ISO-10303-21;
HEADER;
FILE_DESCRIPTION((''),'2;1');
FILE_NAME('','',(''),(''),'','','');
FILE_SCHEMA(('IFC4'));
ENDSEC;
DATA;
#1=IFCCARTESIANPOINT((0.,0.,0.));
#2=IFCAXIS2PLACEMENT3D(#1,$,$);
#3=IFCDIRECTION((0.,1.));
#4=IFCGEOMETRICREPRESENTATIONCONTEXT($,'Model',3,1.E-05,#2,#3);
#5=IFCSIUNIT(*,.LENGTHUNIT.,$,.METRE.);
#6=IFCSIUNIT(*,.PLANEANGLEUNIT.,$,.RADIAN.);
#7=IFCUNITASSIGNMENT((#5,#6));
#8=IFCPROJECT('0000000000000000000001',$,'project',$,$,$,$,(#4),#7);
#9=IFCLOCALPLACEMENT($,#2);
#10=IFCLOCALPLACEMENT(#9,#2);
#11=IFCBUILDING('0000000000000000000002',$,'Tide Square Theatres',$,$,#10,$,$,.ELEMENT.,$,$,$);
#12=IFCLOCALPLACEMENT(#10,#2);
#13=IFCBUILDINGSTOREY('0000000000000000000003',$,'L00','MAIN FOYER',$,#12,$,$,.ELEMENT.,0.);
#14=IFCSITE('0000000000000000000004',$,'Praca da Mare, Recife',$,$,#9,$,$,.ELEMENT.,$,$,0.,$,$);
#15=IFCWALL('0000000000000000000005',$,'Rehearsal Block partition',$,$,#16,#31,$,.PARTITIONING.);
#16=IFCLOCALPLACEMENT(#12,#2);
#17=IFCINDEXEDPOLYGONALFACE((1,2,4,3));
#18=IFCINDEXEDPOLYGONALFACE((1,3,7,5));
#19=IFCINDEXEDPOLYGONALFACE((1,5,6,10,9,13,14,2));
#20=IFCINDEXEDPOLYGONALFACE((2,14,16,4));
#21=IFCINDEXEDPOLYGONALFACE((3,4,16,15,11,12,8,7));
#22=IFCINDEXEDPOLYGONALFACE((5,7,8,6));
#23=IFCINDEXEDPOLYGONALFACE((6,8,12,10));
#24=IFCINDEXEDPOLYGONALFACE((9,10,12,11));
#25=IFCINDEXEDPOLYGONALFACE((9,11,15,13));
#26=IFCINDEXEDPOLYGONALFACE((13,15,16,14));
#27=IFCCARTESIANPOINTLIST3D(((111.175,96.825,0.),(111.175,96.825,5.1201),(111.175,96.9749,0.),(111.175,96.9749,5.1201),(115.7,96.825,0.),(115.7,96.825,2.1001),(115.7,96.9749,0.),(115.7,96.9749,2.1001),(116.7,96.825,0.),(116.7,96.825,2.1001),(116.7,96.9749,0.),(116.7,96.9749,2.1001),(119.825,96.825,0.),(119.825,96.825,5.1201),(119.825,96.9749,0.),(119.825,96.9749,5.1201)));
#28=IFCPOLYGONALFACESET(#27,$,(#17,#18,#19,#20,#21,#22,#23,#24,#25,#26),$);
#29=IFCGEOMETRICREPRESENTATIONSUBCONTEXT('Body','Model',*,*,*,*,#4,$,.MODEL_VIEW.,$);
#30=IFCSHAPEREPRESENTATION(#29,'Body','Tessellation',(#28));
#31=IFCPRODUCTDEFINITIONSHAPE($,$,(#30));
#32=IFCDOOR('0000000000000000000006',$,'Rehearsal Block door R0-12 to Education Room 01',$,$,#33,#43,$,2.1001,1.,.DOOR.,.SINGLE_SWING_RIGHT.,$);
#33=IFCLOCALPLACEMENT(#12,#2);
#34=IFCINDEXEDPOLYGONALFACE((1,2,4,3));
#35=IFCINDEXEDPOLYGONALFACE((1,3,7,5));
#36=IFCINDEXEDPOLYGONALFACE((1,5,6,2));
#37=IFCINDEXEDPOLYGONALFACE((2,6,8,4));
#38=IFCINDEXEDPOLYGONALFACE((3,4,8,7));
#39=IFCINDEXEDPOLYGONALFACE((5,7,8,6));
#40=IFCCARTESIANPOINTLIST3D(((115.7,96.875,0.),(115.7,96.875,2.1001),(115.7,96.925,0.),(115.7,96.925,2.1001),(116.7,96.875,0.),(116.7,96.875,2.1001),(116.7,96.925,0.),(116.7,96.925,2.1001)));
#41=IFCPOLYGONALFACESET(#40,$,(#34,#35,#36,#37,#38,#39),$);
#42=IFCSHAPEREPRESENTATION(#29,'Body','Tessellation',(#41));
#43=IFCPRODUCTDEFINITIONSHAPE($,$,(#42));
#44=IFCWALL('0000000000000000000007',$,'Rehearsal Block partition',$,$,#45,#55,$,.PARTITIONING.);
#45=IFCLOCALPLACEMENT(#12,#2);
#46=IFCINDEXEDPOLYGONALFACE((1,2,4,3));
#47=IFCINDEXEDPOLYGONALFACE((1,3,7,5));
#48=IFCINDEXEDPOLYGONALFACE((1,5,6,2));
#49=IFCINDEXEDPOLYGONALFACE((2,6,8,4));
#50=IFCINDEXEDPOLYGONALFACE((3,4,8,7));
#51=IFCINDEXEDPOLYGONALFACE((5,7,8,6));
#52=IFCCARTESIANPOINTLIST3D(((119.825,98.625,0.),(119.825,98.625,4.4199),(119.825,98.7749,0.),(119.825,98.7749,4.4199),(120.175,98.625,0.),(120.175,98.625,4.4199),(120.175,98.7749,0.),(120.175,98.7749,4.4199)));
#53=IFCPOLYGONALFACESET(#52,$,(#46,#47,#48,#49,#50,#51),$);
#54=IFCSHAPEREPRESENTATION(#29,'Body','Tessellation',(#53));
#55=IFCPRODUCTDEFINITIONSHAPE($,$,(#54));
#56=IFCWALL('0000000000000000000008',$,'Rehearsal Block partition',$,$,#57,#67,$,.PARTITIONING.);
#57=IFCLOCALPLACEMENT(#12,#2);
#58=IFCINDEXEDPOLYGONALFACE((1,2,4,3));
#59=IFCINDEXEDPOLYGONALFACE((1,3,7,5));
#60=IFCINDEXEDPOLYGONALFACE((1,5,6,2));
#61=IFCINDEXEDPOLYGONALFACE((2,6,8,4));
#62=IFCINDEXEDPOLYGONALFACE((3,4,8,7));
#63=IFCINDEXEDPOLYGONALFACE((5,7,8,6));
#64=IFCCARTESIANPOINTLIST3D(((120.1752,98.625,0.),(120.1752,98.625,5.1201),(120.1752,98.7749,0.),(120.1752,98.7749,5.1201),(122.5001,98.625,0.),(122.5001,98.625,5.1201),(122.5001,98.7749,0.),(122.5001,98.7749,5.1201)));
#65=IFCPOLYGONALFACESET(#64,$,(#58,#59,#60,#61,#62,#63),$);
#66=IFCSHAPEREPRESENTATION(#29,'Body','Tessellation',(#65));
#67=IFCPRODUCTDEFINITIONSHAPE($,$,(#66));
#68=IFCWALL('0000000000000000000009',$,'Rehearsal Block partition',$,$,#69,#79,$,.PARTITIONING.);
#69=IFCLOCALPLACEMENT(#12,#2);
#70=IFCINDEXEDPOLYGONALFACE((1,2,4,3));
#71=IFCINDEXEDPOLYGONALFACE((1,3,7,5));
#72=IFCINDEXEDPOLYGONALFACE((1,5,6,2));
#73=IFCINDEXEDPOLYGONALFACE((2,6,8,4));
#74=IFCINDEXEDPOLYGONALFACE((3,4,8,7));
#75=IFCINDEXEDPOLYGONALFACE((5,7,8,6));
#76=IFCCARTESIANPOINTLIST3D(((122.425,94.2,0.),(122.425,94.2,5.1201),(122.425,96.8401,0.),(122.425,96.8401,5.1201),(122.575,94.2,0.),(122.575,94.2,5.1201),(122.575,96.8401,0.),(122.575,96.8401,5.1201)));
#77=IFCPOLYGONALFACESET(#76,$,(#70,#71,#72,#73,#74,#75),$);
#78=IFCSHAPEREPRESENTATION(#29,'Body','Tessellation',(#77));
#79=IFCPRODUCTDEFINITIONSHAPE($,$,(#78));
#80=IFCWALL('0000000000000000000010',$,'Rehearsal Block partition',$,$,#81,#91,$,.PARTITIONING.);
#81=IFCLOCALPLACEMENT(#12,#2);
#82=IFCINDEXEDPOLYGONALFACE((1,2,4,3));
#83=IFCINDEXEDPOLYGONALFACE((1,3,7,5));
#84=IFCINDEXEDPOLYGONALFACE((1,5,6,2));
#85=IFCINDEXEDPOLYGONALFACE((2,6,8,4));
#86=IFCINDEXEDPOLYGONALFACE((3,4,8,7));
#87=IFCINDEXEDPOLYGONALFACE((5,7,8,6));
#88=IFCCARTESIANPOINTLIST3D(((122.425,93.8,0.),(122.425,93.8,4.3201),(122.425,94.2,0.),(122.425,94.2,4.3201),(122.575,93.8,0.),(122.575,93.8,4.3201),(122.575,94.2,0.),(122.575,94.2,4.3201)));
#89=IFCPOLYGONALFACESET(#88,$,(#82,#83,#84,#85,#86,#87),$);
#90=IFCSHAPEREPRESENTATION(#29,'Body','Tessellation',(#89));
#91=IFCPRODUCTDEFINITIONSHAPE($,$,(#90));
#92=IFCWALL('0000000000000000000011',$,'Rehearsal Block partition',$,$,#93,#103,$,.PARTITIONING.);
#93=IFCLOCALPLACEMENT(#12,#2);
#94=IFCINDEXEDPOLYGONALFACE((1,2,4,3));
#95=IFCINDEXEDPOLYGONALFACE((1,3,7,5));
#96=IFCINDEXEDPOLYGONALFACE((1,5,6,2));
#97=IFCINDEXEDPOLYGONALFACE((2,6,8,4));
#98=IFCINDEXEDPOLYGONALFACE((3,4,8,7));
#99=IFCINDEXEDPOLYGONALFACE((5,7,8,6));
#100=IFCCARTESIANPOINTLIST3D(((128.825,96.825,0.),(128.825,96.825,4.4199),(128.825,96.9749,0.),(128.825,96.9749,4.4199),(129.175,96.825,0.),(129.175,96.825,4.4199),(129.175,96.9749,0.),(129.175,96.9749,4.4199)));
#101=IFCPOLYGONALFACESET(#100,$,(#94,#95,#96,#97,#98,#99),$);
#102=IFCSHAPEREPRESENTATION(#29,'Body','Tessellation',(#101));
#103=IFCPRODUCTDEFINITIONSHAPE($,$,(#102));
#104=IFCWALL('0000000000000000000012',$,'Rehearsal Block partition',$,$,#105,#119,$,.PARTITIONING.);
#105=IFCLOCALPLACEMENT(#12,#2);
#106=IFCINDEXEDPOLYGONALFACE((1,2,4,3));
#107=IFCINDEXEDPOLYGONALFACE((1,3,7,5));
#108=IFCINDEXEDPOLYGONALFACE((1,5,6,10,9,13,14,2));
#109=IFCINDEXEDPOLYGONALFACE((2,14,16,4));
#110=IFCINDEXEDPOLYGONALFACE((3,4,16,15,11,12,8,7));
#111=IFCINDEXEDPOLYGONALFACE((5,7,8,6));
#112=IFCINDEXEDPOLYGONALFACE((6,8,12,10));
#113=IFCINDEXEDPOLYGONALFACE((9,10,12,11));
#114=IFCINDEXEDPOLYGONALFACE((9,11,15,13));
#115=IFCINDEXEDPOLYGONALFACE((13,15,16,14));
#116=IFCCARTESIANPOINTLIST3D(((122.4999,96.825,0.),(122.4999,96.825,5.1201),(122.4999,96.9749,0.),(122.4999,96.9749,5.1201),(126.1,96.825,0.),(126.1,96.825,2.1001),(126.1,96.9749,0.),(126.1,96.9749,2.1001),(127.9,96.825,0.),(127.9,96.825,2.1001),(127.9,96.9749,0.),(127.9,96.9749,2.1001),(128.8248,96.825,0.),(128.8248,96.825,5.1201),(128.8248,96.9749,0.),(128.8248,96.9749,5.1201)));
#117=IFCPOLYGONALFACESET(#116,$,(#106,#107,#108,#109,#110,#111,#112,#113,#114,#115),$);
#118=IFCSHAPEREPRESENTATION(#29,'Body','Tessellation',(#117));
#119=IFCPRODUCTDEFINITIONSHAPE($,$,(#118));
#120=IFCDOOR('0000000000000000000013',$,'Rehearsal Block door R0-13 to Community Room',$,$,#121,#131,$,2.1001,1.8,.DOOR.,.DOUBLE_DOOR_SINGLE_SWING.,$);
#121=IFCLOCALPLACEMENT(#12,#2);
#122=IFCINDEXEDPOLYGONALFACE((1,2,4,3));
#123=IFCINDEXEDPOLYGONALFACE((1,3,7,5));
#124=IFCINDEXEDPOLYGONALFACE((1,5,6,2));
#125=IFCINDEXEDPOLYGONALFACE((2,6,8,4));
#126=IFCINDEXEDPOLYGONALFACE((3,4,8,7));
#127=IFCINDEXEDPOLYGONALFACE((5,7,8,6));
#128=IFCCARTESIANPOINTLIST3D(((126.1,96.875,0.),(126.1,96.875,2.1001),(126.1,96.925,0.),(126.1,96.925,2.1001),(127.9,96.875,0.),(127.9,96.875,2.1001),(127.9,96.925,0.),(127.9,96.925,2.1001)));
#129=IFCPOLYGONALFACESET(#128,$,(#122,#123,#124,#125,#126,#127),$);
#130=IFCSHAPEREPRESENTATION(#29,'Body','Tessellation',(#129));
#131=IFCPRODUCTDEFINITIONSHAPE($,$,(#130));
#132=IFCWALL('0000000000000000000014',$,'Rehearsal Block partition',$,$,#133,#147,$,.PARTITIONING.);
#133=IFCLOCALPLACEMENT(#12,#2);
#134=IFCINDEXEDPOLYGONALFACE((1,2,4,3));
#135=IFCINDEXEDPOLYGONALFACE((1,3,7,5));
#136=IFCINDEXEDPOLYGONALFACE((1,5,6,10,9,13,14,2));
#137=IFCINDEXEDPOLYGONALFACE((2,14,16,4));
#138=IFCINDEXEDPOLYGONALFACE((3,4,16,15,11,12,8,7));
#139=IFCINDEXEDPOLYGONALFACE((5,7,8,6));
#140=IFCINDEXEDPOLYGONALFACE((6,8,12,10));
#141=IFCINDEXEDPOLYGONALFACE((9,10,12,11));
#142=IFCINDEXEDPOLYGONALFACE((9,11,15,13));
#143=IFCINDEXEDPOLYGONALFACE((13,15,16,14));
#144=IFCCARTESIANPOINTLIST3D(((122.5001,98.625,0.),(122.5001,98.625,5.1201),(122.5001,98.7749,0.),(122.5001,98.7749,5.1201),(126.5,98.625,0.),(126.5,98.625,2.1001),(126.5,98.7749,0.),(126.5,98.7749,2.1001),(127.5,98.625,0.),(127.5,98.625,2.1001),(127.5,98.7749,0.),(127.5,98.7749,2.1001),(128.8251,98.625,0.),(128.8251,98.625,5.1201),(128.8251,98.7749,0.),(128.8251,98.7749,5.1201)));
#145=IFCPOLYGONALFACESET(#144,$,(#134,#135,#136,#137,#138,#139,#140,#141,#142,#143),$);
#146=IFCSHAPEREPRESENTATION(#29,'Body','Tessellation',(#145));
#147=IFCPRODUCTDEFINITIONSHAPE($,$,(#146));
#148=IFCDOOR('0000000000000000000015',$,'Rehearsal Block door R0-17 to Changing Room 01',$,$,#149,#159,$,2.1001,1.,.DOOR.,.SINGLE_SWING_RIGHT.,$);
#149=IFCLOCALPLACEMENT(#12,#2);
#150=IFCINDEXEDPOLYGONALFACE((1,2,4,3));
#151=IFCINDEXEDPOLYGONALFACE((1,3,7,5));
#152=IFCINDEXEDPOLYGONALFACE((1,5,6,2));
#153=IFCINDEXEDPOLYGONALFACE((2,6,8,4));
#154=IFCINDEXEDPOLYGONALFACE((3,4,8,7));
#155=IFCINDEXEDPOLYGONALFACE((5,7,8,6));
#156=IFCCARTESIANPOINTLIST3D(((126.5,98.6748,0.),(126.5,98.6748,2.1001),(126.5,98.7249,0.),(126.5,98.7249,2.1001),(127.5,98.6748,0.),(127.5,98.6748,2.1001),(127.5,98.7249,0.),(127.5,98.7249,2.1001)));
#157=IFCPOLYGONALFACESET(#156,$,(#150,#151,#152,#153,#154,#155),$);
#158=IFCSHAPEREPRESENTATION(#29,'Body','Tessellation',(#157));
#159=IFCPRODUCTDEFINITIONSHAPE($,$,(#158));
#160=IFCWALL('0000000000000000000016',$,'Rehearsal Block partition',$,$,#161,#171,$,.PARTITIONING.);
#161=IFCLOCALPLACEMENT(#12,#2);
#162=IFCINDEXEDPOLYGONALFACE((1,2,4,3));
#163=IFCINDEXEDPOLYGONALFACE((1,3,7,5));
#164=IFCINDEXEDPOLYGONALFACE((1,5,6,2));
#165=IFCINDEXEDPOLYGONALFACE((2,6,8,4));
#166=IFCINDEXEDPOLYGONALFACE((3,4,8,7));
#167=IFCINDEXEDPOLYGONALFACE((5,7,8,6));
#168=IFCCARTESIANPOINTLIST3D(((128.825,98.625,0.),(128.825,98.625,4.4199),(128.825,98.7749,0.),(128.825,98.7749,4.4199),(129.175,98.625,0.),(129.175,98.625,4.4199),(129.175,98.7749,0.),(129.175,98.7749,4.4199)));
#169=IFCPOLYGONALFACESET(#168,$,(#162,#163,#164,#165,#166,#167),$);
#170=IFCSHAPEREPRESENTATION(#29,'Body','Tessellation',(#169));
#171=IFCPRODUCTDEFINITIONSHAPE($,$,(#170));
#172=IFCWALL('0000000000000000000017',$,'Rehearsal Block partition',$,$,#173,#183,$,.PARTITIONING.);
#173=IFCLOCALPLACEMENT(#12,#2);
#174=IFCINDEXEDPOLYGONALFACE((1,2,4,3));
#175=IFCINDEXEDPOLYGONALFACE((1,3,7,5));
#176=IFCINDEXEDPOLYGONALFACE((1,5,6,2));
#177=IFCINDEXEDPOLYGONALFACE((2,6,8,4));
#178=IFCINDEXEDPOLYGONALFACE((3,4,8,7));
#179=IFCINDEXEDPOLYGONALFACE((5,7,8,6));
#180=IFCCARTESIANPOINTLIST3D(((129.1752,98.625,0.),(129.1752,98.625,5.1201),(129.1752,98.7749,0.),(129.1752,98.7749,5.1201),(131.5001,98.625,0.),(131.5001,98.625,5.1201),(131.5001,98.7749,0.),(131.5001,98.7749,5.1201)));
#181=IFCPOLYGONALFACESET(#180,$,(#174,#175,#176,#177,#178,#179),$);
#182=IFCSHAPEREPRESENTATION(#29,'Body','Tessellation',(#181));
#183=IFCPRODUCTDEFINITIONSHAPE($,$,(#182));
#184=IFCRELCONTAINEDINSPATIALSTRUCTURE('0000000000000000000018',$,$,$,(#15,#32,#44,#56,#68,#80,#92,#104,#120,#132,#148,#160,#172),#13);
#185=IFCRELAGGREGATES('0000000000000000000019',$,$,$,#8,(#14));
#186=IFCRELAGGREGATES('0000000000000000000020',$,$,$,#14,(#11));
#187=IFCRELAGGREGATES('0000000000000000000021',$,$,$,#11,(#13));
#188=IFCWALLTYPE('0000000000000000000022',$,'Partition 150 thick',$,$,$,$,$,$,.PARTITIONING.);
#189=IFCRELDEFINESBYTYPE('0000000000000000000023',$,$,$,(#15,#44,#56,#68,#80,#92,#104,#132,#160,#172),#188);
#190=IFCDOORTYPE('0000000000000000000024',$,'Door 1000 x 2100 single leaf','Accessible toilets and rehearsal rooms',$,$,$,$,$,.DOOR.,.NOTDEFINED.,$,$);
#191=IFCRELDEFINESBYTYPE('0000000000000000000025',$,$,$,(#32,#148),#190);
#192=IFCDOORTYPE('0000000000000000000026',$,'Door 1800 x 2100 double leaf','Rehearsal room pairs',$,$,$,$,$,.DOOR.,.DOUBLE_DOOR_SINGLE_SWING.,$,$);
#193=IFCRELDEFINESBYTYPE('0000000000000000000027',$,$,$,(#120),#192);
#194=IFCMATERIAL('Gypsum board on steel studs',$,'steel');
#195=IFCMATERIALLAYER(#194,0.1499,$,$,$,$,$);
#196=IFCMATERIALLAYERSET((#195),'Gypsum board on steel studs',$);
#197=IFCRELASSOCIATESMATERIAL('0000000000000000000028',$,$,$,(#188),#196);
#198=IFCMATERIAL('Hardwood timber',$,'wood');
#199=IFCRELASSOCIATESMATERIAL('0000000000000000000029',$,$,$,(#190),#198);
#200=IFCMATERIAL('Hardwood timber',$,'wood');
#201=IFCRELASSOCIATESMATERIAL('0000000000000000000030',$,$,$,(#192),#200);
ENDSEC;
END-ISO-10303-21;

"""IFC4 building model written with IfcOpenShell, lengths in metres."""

from ifc_helpers import new_model, si_unit, direction, frame, frame_2d, origin, place, context, subcontext, project, spatial, rectangle, extrude, material, layer, layer_set, type_object, element, fill, save


model = new_model("IFC4")

# Units and contexts
model_context = context("Model", 3, precision=1e-05, world=origin(), true_north=direction((0.0, 1.0)))
body_context = subcontext(model_context, "Body", "Model", "MODEL_VIEW")
ifc_project = project(units=[si_unit("LENGTHUNIT", "METRE"), si_unit("PLANEANGLEUNIT", "RADIAN")], contexts=[model_context])

# Site, building, storey
site_placement = place(None, origin())
site = spatial("IfcSite", under=ifc_project, at=site_placement, Name="Praca da Mare, Recife", CompositionType="ELEMENT", RefElevation=0.0)
building_placement = place(site_placement, origin())
building = spatial("IfcBuilding", under=site, at=building_placement, Name="Tide Square Theatres", CompositionType="ELEMENT")
storey_placement = place(building_placement, origin())
storey = spatial("IfcBuildingStorey", under=building, at=storey_placement, Name="L00", Description="MAIN FOYER", CompositionType="ELEMENT", Elevation=0.0)

# Shared definitions
ifc_material_1 = material(Name="Gypsum board on steel studs", Category="steel")
ifc_layer = layer(ifc_material_1, 0.1499)
ifc_layer_set = layer_set([ifc_layer], Name="Gypsum board on steel studs")
wall_type = type_object("IfcWallType", Name="Partition 150 thick", PredefinedType="PARTITIONING", material=ifc_layer_set)

# Wall, opening, door
wall_1_placement = place(storey_placement, frame((119.825, 96.8999, 0.0), z_axis=(0.0, 0.0, 1.0), x_axis=(-1.0, 0.0, 0.0)))
wall_1 = element("IfcWall", 1, at=wall_1_placement, inside=storey, type_object=wall_type, Name="Rehearsal Block partition", PredefinedType="PARTITIONING", context=body_context, shape_type="SweptSolid", body=[
    extrude(rectangle(XDim=8.6499, YDim=0.1499, at=frame_2d((4.325, 0.0))), origin(), (0.0, 0.0, 1.0), 5.1201),
])
opening_1_placement = place(wall_1_placement, frame((3.125, 0.0, 0.0)))
opening_1 = element("IfcOpeningElement", 2, at=opening_1_placement, cuts=wall_1, PredefinedType="OPENING", context=body_context, shape_type="SweptSolid", body=[
    extrude(rectangle(XDim=1.0, YDim=2.1001, at=frame_2d((0.5, 1.05))), frame((0.0, 0.085, 0.0), z_axis=(0.0, -1.0, 0.0), x_axis=(1.0, 0.0, 0.0)), (0.0, 0.0, 1.0), 0.1699),
])
ifc_material_2 = material(Name="Hardwood timber", Category="wood")
door_type_1 = type_object("IfcDoorType", Name="Door 1000 x 2100 single leaf", Description="Accessible toilets and rehearsal rooms", OperationType="NOTDEFINED", PredefinedType="DOOR", material=ifc_material_2)
door_1_placement = place(opening_1_placement, origin())
door_1 = element("IfcDoor", 3, at=door_1_placement, inside=storey, type_object=door_type_1, Name="Rehearsal Block door R0-12 to Education Room 01", OperationType="SINGLE_SWING_RIGHT", OverallHeight=2.1001, OverallWidth=1.0, PredefinedType="DOOR", context=body_context, shape_type="SweptSolid", body=[
    extrude(rectangle(XDim=1.0, YDim=2.1001, at=frame_2d((0.5, 1.05))), frame((0.0, 0.0249, 0.0), z_axis=(0.0, -1.0, 0.0), x_axis=(1.0, 0.0, 0.0)), (0.0, 0.0, 1.0), 0.05),
])
fill(opening_1, door_1)

# Walls
wall_2_placement = place(storey_placement, frame((119.825, 98.7, 0.0), z_axis=(0.0, 0.0, 1.0), x_axis=(1.0, 0.0, 0.0)))
element("IfcWall", 4, at=wall_2_placement, inside=storey, type_object=wall_type, Name="Rehearsal Block partition", PredefinedType="PARTITIONING", context=body_context, shape_type="SweptSolid", body=[
    extrude(rectangle(XDim=0.3501, YDim=0.1499, at=frame_2d((0.175, 0.0))), origin(), (0.0, 0.0, 1.0), 4.4199),
])
wall_3_placement = place(storey_placement, frame((120.175, 98.7, 0.0), z_axis=(0.0, 0.0, 1.0), x_axis=(1.0, 0.0, 0.0)))
element("IfcWall", 5, at=wall_3_placement, inside=storey, type_object=wall_type, Name="Rehearsal Block partition", PredefinedType="PARTITIONING", context=body_context, shape_type="SweptSolid", body=[
    extrude(rectangle(XDim=2.325, YDim=0.1499, at=frame_2d((1.1626, 0.0))), origin(), (0.0, 0.0, 1.0), 5.1201),
])
wall_4_placement = place(storey_placement, frame((122.5, 96.8401, 0.0), z_axis=(0.0, 0.0, 1.0), x_axis=(0.0, -1.0, 0.0)))
element("IfcWall", 6, at=wall_4_placement, inside=storey, type_object=wall_type, Name="Rehearsal Block partition", PredefinedType="PARTITIONING", context=body_context, shape_type="SweptSolid", body=[
    extrude(rectangle(XDim=2.6401, YDim=0.1499, at=frame_2d((1.3201, 0.0))), origin(), (0.0, 0.0, 1.0), 5.1201),
])
wall_5_placement = place(storey_placement, frame((122.5, 94.2, 0.0), z_axis=(0.0, 0.0, 1.0), x_axis=(0.0, -1.0, 0.0)))
element("IfcWall", 7, at=wall_5_placement, inside=storey, type_object=wall_type, Name="Rehearsal Block partition", PredefinedType="PARTITIONING", context=body_context, shape_type="SweptSolid", body=[
    extrude(rectangle(XDim=0.3999, YDim=0.1499, at=frame_2d((0.2, 0.0))), origin(), (0.0, 0.0, 1.0), 4.3201),
])
wall_6_placement = place(storey_placement, frame((129.175, 96.8999, 0.0), z_axis=(0.0, 0.0, 1.0), x_axis=(-1.0, 0.0, 0.0)))
element("IfcWall", 8, at=wall_6_placement, inside=storey, type_object=wall_type, Name="Rehearsal Block partition", PredefinedType="PARTITIONING", context=body_context, shape_type="SweptSolid", body=[
    extrude(rectangle(XDim=0.3501, YDim=0.1499, at=frame_2d((0.175, 0.0))), origin(), (0.0, 0.0, 1.0), 4.4199),
])

# Walls, openings, doors
wall_7_placement = place(storey_placement, frame((128.825, 96.8999, 0.0), z_axis=(0.0, 0.0, 1.0), x_axis=(-1.0, 0.0, 0.0)))
wall_7 = element("IfcWall", 9, at=wall_7_placement, inside=storey, type_object=wall_type, Name="Rehearsal Block partition", PredefinedType="PARTITIONING", context=body_context, shape_type="SweptSolid", body=[
    extrude(rectangle(XDim=6.325, YDim=0.1499, at=frame_2d((3.1626, 0.0))), origin(), (0.0, 0.0, 1.0), 5.1201),
])
opening_2_placement = place(wall_7_placement, frame((0.925, 0.0, 0.0)))
opening_2 = element("IfcOpeningElement", 10, at=opening_2_placement, cuts=wall_7, PredefinedType="OPENING", context=body_context, shape_type="SweptSolid", body=[
    extrude(rectangle(XDim=1.8, YDim=2.1001, at=frame_2d((0.8999, 1.05))), frame((0.0, 0.085, 0.0), z_axis=(0.0, -1.0, 0.0), x_axis=(1.0, 0.0, 0.0)), (0.0, 0.0, 1.0), 0.1699),
])
ifc_material_3 = material(Name="Hardwood timber", Category="wood")
door_type_2 = type_object("IfcDoorType", Name="Door 1800 x 2100 double leaf", Description="Rehearsal room pairs", OperationType="DOUBLE_DOOR_SINGLE_SWING", PredefinedType="DOOR", material=ifc_material_3)
door_2_placement = place(opening_2_placement, origin())
door_2 = element("IfcDoor", 11, at=door_2_placement, inside=storey, type_object=door_type_2, Name="Rehearsal Block door R0-13 to Community Room", OperationType="DOUBLE_DOOR_SINGLE_SWING", OverallHeight=2.1001, OverallWidth=1.8, PredefinedType="DOOR", context=body_context, shape_type="SweptSolid", body=[
    extrude(rectangle(XDim=1.8, YDim=2.1001, at=frame_2d((0.8999, 1.05))), frame((0.0, 0.0249, 0.0), z_axis=(0.0, -1.0, 0.0), x_axis=(1.0, 0.0, 0.0)), (0.0, 0.0, 1.0), 0.05),
])
fill(opening_2, door_2)
wall_8_placement = place(storey_placement, frame((122.5, 98.7, 0.0), z_axis=(0.0, 0.0, 1.0), x_axis=(1.0, 0.0, 0.0)))
wall_8 = element("IfcWall", 12, at=wall_8_placement, inside=storey, type_object=wall_type, Name="Rehearsal Block partition", PredefinedType="PARTITIONING", context=body_context, shape_type="SweptSolid", body=[
    extrude(rectangle(XDim=6.325, YDim=0.1499, at=frame_2d((3.1626, 0.0))), origin(), (0.0, 0.0, 1.0), 5.1201),
])
opening_3_placement = place(wall_8_placement, frame((4.0, 0.0, 0.0)))
opening_3 = element("IfcOpeningElement", 13, at=opening_3_placement, cuts=wall_8, PredefinedType="OPENING", context=body_context, shape_type="SweptSolid", body=[
    extrude(rectangle(XDim=1.0, YDim=2.1001, at=frame_2d((0.5, 1.05))), frame((0.0, 0.085, 0.0), z_axis=(0.0, -1.0, 0.0), x_axis=(1.0, 0.0, 0.0)), (0.0, 0.0, 1.0), 0.1699),
])
door_3_placement = place(opening_3_placement, origin())
door_3 = element("IfcDoor", 14, at=door_3_placement, inside=storey, type_object=door_type_1, Name="Rehearsal Block door R0-17 to Changing Room 01", OperationType="SINGLE_SWING_RIGHT", OverallHeight=2.1001, OverallWidth=1.0, PredefinedType="DOOR", context=body_context, shape_type="SweptSolid", body=[
    extrude(rectangle(XDim=1.0, YDim=2.1001, at=frame_2d((0.5, 1.05))), frame((0.0, 0.0249, 0.0), z_axis=(0.0, -1.0, 0.0), x_axis=(1.0, 0.0, 0.0)), (0.0, 0.0, 1.0), 0.05),
])
fill(opening_3, door_3)

# Walls
wall_9_placement = place(storey_placement, frame((128.825, 98.7, 0.0), z_axis=(0.0, 0.0, 1.0), x_axis=(1.0, 0.0, 0.0)))
element("IfcWall", 15, at=wall_9_placement, inside=storey, type_object=wall_type, Name="Rehearsal Block partition", PredefinedType="PARTITIONING", context=body_context, shape_type="SweptSolid", body=[
    extrude(rectangle(XDim=0.3501, YDim=0.1499, at=frame_2d((0.175, 0.0))), origin(), (0.0, 0.0, 1.0), 4.4199),
])
wall_10_placement = place(storey_placement, frame((129.175, 98.7, 0.0), z_axis=(0.0, 0.0, 1.0), x_axis=(1.0, 0.0, 0.0)))
element("IfcWall", 16, at=wall_10_placement, inside=storey, type_object=wall_type, Name="Rehearsal Block partition", PredefinedType="PARTITIONING", context=body_context, shape_type="SweptSolid", body=[
    extrude(rectangle(XDim=2.325, YDim=0.1499, at=frame_2d((1.1626, 0.0))), origin(), (0.0, 0.0, 1.0), 5.1201),
])

save(model, "model.ifc")
